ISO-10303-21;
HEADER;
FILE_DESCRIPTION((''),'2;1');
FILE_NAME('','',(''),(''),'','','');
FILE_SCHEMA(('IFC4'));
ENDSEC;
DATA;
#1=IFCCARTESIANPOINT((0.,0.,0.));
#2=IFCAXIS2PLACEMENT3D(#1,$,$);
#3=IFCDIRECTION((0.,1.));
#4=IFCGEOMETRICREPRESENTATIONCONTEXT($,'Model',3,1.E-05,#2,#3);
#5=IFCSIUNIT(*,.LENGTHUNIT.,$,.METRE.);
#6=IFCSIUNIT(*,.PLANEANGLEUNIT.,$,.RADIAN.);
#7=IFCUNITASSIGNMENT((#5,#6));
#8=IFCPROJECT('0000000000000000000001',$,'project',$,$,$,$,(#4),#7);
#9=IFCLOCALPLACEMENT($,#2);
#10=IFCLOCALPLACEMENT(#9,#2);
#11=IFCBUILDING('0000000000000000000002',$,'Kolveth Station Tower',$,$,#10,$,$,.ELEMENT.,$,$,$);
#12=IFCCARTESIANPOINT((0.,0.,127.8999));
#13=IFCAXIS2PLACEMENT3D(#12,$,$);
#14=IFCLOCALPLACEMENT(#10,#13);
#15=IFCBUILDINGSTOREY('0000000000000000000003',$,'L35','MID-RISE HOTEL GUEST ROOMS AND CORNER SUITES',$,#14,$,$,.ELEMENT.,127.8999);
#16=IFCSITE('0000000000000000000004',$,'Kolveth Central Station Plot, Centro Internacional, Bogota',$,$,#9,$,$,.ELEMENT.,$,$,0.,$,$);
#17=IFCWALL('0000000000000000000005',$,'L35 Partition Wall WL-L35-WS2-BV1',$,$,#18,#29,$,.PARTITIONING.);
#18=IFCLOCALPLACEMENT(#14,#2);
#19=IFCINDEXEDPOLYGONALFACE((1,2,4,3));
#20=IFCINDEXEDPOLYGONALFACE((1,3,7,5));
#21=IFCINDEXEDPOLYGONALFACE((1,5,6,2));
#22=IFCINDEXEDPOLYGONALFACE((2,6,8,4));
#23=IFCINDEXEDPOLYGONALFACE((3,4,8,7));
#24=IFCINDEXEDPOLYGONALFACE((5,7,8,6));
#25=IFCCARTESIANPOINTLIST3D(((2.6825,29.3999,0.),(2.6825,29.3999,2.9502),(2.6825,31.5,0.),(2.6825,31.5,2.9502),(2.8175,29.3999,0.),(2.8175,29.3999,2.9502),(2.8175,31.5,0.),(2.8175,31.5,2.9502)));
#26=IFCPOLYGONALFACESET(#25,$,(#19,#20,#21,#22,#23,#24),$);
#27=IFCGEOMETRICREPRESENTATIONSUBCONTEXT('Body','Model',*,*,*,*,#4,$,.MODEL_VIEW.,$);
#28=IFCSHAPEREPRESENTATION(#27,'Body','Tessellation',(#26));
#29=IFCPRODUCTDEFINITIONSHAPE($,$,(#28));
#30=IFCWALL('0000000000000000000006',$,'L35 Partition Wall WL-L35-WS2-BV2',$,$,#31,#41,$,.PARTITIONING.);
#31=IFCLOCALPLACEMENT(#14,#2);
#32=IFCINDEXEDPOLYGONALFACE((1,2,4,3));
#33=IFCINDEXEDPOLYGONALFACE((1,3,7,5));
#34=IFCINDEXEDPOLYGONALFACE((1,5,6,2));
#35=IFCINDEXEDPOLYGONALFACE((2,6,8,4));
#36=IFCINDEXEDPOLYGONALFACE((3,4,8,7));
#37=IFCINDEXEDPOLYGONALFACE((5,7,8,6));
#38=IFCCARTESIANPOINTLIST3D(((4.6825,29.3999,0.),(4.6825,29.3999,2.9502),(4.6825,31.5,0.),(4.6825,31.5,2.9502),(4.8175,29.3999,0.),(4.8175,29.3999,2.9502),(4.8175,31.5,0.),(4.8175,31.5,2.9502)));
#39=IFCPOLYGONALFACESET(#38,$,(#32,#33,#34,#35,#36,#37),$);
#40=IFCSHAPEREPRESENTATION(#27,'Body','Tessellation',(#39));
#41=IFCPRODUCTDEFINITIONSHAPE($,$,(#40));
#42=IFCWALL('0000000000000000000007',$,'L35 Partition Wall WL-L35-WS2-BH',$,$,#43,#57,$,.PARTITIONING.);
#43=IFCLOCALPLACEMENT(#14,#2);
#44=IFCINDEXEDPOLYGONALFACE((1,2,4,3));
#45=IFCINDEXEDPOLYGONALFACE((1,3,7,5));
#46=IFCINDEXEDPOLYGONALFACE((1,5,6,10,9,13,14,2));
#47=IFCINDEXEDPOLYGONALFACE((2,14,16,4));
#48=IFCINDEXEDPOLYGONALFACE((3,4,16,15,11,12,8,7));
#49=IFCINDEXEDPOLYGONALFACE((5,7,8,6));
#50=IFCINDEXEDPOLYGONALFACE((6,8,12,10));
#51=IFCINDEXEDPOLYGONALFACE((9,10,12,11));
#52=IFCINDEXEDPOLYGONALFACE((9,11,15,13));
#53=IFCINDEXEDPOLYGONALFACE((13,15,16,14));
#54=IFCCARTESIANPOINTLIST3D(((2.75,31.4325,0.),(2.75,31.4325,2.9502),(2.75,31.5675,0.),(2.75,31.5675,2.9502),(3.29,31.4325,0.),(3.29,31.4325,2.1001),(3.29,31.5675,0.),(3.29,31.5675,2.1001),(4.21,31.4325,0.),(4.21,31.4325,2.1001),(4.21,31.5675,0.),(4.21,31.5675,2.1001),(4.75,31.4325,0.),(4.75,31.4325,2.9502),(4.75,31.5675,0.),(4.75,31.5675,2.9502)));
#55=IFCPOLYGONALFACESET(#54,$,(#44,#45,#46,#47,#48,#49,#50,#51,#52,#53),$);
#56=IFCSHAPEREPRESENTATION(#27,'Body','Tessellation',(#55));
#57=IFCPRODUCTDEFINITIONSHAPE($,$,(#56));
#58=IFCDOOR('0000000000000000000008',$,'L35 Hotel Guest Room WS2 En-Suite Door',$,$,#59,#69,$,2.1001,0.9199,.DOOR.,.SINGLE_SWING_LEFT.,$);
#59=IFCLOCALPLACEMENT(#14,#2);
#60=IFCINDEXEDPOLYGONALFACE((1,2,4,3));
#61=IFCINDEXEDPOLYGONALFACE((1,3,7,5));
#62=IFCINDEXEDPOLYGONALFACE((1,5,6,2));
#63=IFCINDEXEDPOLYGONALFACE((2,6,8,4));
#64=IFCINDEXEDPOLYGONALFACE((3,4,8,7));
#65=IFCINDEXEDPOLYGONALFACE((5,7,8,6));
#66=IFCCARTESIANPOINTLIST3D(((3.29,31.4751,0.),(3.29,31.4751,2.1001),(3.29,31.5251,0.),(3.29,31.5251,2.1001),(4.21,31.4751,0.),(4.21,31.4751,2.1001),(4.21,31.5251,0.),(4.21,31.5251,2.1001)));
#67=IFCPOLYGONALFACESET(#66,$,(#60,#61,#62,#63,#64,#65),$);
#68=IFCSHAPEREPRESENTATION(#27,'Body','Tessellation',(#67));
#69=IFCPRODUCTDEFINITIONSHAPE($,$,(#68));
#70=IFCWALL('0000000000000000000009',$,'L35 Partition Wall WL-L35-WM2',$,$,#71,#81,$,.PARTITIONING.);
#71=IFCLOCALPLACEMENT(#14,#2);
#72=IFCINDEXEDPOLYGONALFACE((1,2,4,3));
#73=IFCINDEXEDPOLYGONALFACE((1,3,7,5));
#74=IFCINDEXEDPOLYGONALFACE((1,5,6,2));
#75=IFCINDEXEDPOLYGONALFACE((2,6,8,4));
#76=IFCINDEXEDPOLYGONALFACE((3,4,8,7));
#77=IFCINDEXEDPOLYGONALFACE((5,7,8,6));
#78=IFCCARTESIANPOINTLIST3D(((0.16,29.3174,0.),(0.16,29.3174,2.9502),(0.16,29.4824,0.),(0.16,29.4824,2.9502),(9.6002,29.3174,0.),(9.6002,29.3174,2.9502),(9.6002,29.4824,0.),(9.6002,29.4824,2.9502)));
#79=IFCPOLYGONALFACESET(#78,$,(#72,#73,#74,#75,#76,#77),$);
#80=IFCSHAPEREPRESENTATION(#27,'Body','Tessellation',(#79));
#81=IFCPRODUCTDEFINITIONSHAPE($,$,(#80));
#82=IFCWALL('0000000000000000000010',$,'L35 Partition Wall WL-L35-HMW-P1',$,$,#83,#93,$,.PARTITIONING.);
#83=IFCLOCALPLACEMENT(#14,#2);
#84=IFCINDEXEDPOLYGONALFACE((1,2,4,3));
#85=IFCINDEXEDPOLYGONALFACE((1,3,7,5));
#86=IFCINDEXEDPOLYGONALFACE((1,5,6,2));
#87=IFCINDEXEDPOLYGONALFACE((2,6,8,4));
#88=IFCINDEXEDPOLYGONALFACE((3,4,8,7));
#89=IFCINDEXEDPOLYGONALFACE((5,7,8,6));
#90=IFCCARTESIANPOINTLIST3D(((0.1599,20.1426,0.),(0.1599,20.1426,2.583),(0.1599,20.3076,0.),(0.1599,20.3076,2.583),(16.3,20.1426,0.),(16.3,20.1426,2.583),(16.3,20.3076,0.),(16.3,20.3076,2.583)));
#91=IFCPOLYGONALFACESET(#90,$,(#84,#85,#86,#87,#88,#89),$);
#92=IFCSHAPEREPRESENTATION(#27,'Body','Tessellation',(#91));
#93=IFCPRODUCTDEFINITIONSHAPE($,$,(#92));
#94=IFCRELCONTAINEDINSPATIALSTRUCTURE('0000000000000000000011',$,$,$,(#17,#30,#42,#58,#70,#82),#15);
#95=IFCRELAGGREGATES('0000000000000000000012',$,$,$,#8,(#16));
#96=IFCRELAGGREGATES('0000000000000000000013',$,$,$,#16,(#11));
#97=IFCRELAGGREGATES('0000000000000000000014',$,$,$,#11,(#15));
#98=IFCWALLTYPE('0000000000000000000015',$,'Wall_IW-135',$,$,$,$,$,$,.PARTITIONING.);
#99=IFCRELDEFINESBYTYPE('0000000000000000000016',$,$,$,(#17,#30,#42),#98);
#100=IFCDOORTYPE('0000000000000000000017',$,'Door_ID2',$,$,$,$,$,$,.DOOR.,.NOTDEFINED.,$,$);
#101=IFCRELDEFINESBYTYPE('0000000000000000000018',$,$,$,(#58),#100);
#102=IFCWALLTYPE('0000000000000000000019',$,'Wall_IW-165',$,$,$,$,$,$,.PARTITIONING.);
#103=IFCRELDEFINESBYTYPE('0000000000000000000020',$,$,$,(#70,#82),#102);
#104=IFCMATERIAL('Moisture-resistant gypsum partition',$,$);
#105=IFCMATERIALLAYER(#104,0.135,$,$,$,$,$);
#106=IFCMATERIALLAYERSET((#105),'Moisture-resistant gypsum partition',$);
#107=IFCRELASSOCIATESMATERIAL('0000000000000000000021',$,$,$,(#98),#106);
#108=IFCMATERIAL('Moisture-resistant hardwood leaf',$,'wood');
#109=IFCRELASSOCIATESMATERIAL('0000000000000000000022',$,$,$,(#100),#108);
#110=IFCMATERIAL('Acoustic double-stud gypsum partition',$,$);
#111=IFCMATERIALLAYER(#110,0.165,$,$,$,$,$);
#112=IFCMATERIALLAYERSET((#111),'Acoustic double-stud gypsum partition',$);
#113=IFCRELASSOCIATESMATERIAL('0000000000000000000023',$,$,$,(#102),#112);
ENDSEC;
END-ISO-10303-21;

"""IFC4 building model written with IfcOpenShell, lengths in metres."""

from ifc_helpers import new_model, si_unit, direction, frame, frame_2d, origin, place, context, subcontext, project, spatial, rectangle, extrude, material, layer, layer_set, type_object, element, fill, save


model = new_model("IFC4")

# Units and contexts
model_context = context("Model", 3, precision=1e-05, world=origin(), true_north=direction((0.0, 1.0)))
body_context = subcontext(model_context, "Body", "Model", "MODEL_VIEW")
ifc_project = project(units=[si_unit("LENGTHUNIT", "METRE"), si_unit("PLANEANGLEUNIT", "RADIAN")], contexts=[model_context])

# Site, building, storey
site_placement = place(None, origin())
site = spatial("IfcSite", under=ifc_project, at=site_placement, Name="Kolveth Central Station Plot, Centro Internacional, Bogota", CompositionType="ELEMENT", RefElevation=0.0)
building_placement = place(site_placement, origin())
building = spatial("IfcBuilding", under=site, at=building_placement, Name="Kolveth Station Tower", CompositionType="ELEMENT")
storey_placement = place(building_placement, frame((0.0, 0.0, 127.8999)))
storey = spatial("IfcBuildingStorey", under=building, at=storey_placement, Name="L35", Description="MID-RISE HOTEL GUEST ROOMS AND CORNER SUITES", CompositionType="ELEMENT", Elevation=127.8999)

# Walls
ifc_material_1 = material(Name="Moisture-resistant gypsum partition")
ifc_layer_1 = layer(ifc_material_1, 0.135)
ifc_layer_set_1 = layer_set([ifc_layer_1], Name="Moisture-resistant gypsum partition")
wall_type_1 = type_object("IfcWallType", Name="Wall_IW-135", PredefinedType="PARTITIONING", material=ifc_layer_set_1)
for number, where, z_axis, x_axis, name in (
    (1, (2.75, 29.3999, 0.0), (0.0, 0.0, 1.0), (0.0, 1.0, 0.0), "L35 Partition Wall WL-L35-WS2-BV1"),
    (2, (4.75, 29.3999, 0.0), (0.0, 0.0, 1.0), (0.0, 1.0, 0.0), "L35 Partition Wall WL-L35-WS2-BV2"),
):
    element("IfcWall", number, at=place(storey_placement, frame(where, z_axis=z_axis, x_axis=x_axis)), inside=storey, type_object=wall_type_1, Name=name, PredefinedType="PARTITIONING", context=body_context, shape_type="SweptSolid", body=[
        extrude(rectangle(XDim=2.1001, YDim=0.135, at=frame_2d((1.05, 0.0))), origin(), (0.0, 0.0, 1.0), 2.9502),
    ])

# Wall, opening, door
wall_1_placement = place(storey_placement, frame((2.75, 31.5, 0.0), z_axis=(0.0, 0.0, 1.0), x_axis=(1.0, 0.0, 0.0)))
wall_1 = element("IfcWall", 3, at=wall_1_placement, inside=storey, type_object=wall_type_1, Name="L35 Partition Wall WL-L35-WS2-BH", PredefinedType="PARTITIONING", context=body_context, shape_type="SweptSolid", body=[
    extrude(rectangle(XDim=2.0, YDim=0.135, at=frame_2d((1.0, 0.0))), origin(), (0.0, 0.0, 1.0), 2.9502),
])
opening_placement = place(wall_1_placement, frame((0.54, 0.0, 0.0)))
opening = element("IfcOpeningElement", 4, at=opening_placement, cuts=wall_1, PredefinedType="OPENING", context=body_context, shape_type="SweptSolid", body=[
    extrude(rectangle(XDim=0.9199, YDim=2.1001, at=frame_2d((0.46, 1.05))), frame((0.0, 0.0774, 0.0), z_axis=(0.0, -1.0, 0.0), x_axis=(1.0, 0.0, 0.0)), (0.0, 0.0, 1.0), 0.155),
])
ifc_material_2 = material(Name="Moisture-resistant hardwood leaf", Category="wood")
door_type = type_object("IfcDoorType", Name="Door_ID2", OperationType="NOTDEFINED", PredefinedType="DOOR", material=ifc_material_2)
door_placement = place(opening_placement, frame((0.9199, 0.0, 0.0), z_axis=(0.0, 0.0, 1.0), x_axis=(-1.0, 0.0, 0.0)))
door = element("IfcDoor", 5, at=door_placement, inside=storey, type_object=door_type, Name="L35 Hotel Guest Room WS2 En-Suite Door", OperationType="SINGLE_SWING_LEFT", OverallHeight=2.1001, OverallWidth=0.9199, PredefinedType="DOOR", context=body_context, shape_type="SweptSolid", body=[
    extrude(rectangle(XDim=0.9199, YDim=2.1001, at=frame_2d((0.46, 1.05))), frame((0.0, 0.0249, 0.0), z_axis=(0.0, -1.0, 0.0), x_axis=(1.0, 0.0, 0.0)), (0.0, 0.0, 1.0), 0.05),
])
fill(opening, door)

# Walls
ifc_material_3 = material(Name="Acoustic double-stud gypsum partition")
ifc_layer_2 = layer(ifc_material_3, 0.165)
ifc_layer_set_2 = layer_set([ifc_layer_2], Name="Acoustic double-stud gypsum partition")
wall_type_2 = type_object("IfcWallType", Name="Wall_IW-165", PredefinedType="PARTITIONING", material=ifc_layer_set_2)
wall_2_placement = place(storey_placement, frame((0.1599, 29.3999, 0.0), z_axis=(0.0, 0.0, 1.0), x_axis=(1.0, 0.0, 0.0)))
element("IfcWall", 6, at=wall_2_placement, inside=storey, type_object=wall_type_2, Name="L35 Partition Wall WL-L35-WM2", PredefinedType="PARTITIONING", context=body_context, shape_type="SweptSolid", body=[
    extrude(rectangle(XDim=9.4402, YDim=0.165, at=frame_2d((4.7202, 0.0))), origin(), (0.0, 0.0, 1.0), 2.9502),
])
wall_3_placement = place(storey_placement, frame((0.1599, 20.2251, 0.0), z_axis=(0.0, 0.0, 1.0), x_axis=(1.0, 0.0, 0.0)))
element("IfcWall", 7, at=wall_3_placement, inside=storey, type_object=wall_type_2, Name="L35 Partition Wall WL-L35-HMW-P1", PredefinedType="PARTITIONING", context=body_context, shape_type="SweptSolid", body=[
    extrude(rectangle(XDim=16.1401, YDim=0.165, at=frame_2d((8.0701, 0.0))), origin(), (0.0, 0.0, 1.0), 2.583),
])

save(model, "model.ifc")
